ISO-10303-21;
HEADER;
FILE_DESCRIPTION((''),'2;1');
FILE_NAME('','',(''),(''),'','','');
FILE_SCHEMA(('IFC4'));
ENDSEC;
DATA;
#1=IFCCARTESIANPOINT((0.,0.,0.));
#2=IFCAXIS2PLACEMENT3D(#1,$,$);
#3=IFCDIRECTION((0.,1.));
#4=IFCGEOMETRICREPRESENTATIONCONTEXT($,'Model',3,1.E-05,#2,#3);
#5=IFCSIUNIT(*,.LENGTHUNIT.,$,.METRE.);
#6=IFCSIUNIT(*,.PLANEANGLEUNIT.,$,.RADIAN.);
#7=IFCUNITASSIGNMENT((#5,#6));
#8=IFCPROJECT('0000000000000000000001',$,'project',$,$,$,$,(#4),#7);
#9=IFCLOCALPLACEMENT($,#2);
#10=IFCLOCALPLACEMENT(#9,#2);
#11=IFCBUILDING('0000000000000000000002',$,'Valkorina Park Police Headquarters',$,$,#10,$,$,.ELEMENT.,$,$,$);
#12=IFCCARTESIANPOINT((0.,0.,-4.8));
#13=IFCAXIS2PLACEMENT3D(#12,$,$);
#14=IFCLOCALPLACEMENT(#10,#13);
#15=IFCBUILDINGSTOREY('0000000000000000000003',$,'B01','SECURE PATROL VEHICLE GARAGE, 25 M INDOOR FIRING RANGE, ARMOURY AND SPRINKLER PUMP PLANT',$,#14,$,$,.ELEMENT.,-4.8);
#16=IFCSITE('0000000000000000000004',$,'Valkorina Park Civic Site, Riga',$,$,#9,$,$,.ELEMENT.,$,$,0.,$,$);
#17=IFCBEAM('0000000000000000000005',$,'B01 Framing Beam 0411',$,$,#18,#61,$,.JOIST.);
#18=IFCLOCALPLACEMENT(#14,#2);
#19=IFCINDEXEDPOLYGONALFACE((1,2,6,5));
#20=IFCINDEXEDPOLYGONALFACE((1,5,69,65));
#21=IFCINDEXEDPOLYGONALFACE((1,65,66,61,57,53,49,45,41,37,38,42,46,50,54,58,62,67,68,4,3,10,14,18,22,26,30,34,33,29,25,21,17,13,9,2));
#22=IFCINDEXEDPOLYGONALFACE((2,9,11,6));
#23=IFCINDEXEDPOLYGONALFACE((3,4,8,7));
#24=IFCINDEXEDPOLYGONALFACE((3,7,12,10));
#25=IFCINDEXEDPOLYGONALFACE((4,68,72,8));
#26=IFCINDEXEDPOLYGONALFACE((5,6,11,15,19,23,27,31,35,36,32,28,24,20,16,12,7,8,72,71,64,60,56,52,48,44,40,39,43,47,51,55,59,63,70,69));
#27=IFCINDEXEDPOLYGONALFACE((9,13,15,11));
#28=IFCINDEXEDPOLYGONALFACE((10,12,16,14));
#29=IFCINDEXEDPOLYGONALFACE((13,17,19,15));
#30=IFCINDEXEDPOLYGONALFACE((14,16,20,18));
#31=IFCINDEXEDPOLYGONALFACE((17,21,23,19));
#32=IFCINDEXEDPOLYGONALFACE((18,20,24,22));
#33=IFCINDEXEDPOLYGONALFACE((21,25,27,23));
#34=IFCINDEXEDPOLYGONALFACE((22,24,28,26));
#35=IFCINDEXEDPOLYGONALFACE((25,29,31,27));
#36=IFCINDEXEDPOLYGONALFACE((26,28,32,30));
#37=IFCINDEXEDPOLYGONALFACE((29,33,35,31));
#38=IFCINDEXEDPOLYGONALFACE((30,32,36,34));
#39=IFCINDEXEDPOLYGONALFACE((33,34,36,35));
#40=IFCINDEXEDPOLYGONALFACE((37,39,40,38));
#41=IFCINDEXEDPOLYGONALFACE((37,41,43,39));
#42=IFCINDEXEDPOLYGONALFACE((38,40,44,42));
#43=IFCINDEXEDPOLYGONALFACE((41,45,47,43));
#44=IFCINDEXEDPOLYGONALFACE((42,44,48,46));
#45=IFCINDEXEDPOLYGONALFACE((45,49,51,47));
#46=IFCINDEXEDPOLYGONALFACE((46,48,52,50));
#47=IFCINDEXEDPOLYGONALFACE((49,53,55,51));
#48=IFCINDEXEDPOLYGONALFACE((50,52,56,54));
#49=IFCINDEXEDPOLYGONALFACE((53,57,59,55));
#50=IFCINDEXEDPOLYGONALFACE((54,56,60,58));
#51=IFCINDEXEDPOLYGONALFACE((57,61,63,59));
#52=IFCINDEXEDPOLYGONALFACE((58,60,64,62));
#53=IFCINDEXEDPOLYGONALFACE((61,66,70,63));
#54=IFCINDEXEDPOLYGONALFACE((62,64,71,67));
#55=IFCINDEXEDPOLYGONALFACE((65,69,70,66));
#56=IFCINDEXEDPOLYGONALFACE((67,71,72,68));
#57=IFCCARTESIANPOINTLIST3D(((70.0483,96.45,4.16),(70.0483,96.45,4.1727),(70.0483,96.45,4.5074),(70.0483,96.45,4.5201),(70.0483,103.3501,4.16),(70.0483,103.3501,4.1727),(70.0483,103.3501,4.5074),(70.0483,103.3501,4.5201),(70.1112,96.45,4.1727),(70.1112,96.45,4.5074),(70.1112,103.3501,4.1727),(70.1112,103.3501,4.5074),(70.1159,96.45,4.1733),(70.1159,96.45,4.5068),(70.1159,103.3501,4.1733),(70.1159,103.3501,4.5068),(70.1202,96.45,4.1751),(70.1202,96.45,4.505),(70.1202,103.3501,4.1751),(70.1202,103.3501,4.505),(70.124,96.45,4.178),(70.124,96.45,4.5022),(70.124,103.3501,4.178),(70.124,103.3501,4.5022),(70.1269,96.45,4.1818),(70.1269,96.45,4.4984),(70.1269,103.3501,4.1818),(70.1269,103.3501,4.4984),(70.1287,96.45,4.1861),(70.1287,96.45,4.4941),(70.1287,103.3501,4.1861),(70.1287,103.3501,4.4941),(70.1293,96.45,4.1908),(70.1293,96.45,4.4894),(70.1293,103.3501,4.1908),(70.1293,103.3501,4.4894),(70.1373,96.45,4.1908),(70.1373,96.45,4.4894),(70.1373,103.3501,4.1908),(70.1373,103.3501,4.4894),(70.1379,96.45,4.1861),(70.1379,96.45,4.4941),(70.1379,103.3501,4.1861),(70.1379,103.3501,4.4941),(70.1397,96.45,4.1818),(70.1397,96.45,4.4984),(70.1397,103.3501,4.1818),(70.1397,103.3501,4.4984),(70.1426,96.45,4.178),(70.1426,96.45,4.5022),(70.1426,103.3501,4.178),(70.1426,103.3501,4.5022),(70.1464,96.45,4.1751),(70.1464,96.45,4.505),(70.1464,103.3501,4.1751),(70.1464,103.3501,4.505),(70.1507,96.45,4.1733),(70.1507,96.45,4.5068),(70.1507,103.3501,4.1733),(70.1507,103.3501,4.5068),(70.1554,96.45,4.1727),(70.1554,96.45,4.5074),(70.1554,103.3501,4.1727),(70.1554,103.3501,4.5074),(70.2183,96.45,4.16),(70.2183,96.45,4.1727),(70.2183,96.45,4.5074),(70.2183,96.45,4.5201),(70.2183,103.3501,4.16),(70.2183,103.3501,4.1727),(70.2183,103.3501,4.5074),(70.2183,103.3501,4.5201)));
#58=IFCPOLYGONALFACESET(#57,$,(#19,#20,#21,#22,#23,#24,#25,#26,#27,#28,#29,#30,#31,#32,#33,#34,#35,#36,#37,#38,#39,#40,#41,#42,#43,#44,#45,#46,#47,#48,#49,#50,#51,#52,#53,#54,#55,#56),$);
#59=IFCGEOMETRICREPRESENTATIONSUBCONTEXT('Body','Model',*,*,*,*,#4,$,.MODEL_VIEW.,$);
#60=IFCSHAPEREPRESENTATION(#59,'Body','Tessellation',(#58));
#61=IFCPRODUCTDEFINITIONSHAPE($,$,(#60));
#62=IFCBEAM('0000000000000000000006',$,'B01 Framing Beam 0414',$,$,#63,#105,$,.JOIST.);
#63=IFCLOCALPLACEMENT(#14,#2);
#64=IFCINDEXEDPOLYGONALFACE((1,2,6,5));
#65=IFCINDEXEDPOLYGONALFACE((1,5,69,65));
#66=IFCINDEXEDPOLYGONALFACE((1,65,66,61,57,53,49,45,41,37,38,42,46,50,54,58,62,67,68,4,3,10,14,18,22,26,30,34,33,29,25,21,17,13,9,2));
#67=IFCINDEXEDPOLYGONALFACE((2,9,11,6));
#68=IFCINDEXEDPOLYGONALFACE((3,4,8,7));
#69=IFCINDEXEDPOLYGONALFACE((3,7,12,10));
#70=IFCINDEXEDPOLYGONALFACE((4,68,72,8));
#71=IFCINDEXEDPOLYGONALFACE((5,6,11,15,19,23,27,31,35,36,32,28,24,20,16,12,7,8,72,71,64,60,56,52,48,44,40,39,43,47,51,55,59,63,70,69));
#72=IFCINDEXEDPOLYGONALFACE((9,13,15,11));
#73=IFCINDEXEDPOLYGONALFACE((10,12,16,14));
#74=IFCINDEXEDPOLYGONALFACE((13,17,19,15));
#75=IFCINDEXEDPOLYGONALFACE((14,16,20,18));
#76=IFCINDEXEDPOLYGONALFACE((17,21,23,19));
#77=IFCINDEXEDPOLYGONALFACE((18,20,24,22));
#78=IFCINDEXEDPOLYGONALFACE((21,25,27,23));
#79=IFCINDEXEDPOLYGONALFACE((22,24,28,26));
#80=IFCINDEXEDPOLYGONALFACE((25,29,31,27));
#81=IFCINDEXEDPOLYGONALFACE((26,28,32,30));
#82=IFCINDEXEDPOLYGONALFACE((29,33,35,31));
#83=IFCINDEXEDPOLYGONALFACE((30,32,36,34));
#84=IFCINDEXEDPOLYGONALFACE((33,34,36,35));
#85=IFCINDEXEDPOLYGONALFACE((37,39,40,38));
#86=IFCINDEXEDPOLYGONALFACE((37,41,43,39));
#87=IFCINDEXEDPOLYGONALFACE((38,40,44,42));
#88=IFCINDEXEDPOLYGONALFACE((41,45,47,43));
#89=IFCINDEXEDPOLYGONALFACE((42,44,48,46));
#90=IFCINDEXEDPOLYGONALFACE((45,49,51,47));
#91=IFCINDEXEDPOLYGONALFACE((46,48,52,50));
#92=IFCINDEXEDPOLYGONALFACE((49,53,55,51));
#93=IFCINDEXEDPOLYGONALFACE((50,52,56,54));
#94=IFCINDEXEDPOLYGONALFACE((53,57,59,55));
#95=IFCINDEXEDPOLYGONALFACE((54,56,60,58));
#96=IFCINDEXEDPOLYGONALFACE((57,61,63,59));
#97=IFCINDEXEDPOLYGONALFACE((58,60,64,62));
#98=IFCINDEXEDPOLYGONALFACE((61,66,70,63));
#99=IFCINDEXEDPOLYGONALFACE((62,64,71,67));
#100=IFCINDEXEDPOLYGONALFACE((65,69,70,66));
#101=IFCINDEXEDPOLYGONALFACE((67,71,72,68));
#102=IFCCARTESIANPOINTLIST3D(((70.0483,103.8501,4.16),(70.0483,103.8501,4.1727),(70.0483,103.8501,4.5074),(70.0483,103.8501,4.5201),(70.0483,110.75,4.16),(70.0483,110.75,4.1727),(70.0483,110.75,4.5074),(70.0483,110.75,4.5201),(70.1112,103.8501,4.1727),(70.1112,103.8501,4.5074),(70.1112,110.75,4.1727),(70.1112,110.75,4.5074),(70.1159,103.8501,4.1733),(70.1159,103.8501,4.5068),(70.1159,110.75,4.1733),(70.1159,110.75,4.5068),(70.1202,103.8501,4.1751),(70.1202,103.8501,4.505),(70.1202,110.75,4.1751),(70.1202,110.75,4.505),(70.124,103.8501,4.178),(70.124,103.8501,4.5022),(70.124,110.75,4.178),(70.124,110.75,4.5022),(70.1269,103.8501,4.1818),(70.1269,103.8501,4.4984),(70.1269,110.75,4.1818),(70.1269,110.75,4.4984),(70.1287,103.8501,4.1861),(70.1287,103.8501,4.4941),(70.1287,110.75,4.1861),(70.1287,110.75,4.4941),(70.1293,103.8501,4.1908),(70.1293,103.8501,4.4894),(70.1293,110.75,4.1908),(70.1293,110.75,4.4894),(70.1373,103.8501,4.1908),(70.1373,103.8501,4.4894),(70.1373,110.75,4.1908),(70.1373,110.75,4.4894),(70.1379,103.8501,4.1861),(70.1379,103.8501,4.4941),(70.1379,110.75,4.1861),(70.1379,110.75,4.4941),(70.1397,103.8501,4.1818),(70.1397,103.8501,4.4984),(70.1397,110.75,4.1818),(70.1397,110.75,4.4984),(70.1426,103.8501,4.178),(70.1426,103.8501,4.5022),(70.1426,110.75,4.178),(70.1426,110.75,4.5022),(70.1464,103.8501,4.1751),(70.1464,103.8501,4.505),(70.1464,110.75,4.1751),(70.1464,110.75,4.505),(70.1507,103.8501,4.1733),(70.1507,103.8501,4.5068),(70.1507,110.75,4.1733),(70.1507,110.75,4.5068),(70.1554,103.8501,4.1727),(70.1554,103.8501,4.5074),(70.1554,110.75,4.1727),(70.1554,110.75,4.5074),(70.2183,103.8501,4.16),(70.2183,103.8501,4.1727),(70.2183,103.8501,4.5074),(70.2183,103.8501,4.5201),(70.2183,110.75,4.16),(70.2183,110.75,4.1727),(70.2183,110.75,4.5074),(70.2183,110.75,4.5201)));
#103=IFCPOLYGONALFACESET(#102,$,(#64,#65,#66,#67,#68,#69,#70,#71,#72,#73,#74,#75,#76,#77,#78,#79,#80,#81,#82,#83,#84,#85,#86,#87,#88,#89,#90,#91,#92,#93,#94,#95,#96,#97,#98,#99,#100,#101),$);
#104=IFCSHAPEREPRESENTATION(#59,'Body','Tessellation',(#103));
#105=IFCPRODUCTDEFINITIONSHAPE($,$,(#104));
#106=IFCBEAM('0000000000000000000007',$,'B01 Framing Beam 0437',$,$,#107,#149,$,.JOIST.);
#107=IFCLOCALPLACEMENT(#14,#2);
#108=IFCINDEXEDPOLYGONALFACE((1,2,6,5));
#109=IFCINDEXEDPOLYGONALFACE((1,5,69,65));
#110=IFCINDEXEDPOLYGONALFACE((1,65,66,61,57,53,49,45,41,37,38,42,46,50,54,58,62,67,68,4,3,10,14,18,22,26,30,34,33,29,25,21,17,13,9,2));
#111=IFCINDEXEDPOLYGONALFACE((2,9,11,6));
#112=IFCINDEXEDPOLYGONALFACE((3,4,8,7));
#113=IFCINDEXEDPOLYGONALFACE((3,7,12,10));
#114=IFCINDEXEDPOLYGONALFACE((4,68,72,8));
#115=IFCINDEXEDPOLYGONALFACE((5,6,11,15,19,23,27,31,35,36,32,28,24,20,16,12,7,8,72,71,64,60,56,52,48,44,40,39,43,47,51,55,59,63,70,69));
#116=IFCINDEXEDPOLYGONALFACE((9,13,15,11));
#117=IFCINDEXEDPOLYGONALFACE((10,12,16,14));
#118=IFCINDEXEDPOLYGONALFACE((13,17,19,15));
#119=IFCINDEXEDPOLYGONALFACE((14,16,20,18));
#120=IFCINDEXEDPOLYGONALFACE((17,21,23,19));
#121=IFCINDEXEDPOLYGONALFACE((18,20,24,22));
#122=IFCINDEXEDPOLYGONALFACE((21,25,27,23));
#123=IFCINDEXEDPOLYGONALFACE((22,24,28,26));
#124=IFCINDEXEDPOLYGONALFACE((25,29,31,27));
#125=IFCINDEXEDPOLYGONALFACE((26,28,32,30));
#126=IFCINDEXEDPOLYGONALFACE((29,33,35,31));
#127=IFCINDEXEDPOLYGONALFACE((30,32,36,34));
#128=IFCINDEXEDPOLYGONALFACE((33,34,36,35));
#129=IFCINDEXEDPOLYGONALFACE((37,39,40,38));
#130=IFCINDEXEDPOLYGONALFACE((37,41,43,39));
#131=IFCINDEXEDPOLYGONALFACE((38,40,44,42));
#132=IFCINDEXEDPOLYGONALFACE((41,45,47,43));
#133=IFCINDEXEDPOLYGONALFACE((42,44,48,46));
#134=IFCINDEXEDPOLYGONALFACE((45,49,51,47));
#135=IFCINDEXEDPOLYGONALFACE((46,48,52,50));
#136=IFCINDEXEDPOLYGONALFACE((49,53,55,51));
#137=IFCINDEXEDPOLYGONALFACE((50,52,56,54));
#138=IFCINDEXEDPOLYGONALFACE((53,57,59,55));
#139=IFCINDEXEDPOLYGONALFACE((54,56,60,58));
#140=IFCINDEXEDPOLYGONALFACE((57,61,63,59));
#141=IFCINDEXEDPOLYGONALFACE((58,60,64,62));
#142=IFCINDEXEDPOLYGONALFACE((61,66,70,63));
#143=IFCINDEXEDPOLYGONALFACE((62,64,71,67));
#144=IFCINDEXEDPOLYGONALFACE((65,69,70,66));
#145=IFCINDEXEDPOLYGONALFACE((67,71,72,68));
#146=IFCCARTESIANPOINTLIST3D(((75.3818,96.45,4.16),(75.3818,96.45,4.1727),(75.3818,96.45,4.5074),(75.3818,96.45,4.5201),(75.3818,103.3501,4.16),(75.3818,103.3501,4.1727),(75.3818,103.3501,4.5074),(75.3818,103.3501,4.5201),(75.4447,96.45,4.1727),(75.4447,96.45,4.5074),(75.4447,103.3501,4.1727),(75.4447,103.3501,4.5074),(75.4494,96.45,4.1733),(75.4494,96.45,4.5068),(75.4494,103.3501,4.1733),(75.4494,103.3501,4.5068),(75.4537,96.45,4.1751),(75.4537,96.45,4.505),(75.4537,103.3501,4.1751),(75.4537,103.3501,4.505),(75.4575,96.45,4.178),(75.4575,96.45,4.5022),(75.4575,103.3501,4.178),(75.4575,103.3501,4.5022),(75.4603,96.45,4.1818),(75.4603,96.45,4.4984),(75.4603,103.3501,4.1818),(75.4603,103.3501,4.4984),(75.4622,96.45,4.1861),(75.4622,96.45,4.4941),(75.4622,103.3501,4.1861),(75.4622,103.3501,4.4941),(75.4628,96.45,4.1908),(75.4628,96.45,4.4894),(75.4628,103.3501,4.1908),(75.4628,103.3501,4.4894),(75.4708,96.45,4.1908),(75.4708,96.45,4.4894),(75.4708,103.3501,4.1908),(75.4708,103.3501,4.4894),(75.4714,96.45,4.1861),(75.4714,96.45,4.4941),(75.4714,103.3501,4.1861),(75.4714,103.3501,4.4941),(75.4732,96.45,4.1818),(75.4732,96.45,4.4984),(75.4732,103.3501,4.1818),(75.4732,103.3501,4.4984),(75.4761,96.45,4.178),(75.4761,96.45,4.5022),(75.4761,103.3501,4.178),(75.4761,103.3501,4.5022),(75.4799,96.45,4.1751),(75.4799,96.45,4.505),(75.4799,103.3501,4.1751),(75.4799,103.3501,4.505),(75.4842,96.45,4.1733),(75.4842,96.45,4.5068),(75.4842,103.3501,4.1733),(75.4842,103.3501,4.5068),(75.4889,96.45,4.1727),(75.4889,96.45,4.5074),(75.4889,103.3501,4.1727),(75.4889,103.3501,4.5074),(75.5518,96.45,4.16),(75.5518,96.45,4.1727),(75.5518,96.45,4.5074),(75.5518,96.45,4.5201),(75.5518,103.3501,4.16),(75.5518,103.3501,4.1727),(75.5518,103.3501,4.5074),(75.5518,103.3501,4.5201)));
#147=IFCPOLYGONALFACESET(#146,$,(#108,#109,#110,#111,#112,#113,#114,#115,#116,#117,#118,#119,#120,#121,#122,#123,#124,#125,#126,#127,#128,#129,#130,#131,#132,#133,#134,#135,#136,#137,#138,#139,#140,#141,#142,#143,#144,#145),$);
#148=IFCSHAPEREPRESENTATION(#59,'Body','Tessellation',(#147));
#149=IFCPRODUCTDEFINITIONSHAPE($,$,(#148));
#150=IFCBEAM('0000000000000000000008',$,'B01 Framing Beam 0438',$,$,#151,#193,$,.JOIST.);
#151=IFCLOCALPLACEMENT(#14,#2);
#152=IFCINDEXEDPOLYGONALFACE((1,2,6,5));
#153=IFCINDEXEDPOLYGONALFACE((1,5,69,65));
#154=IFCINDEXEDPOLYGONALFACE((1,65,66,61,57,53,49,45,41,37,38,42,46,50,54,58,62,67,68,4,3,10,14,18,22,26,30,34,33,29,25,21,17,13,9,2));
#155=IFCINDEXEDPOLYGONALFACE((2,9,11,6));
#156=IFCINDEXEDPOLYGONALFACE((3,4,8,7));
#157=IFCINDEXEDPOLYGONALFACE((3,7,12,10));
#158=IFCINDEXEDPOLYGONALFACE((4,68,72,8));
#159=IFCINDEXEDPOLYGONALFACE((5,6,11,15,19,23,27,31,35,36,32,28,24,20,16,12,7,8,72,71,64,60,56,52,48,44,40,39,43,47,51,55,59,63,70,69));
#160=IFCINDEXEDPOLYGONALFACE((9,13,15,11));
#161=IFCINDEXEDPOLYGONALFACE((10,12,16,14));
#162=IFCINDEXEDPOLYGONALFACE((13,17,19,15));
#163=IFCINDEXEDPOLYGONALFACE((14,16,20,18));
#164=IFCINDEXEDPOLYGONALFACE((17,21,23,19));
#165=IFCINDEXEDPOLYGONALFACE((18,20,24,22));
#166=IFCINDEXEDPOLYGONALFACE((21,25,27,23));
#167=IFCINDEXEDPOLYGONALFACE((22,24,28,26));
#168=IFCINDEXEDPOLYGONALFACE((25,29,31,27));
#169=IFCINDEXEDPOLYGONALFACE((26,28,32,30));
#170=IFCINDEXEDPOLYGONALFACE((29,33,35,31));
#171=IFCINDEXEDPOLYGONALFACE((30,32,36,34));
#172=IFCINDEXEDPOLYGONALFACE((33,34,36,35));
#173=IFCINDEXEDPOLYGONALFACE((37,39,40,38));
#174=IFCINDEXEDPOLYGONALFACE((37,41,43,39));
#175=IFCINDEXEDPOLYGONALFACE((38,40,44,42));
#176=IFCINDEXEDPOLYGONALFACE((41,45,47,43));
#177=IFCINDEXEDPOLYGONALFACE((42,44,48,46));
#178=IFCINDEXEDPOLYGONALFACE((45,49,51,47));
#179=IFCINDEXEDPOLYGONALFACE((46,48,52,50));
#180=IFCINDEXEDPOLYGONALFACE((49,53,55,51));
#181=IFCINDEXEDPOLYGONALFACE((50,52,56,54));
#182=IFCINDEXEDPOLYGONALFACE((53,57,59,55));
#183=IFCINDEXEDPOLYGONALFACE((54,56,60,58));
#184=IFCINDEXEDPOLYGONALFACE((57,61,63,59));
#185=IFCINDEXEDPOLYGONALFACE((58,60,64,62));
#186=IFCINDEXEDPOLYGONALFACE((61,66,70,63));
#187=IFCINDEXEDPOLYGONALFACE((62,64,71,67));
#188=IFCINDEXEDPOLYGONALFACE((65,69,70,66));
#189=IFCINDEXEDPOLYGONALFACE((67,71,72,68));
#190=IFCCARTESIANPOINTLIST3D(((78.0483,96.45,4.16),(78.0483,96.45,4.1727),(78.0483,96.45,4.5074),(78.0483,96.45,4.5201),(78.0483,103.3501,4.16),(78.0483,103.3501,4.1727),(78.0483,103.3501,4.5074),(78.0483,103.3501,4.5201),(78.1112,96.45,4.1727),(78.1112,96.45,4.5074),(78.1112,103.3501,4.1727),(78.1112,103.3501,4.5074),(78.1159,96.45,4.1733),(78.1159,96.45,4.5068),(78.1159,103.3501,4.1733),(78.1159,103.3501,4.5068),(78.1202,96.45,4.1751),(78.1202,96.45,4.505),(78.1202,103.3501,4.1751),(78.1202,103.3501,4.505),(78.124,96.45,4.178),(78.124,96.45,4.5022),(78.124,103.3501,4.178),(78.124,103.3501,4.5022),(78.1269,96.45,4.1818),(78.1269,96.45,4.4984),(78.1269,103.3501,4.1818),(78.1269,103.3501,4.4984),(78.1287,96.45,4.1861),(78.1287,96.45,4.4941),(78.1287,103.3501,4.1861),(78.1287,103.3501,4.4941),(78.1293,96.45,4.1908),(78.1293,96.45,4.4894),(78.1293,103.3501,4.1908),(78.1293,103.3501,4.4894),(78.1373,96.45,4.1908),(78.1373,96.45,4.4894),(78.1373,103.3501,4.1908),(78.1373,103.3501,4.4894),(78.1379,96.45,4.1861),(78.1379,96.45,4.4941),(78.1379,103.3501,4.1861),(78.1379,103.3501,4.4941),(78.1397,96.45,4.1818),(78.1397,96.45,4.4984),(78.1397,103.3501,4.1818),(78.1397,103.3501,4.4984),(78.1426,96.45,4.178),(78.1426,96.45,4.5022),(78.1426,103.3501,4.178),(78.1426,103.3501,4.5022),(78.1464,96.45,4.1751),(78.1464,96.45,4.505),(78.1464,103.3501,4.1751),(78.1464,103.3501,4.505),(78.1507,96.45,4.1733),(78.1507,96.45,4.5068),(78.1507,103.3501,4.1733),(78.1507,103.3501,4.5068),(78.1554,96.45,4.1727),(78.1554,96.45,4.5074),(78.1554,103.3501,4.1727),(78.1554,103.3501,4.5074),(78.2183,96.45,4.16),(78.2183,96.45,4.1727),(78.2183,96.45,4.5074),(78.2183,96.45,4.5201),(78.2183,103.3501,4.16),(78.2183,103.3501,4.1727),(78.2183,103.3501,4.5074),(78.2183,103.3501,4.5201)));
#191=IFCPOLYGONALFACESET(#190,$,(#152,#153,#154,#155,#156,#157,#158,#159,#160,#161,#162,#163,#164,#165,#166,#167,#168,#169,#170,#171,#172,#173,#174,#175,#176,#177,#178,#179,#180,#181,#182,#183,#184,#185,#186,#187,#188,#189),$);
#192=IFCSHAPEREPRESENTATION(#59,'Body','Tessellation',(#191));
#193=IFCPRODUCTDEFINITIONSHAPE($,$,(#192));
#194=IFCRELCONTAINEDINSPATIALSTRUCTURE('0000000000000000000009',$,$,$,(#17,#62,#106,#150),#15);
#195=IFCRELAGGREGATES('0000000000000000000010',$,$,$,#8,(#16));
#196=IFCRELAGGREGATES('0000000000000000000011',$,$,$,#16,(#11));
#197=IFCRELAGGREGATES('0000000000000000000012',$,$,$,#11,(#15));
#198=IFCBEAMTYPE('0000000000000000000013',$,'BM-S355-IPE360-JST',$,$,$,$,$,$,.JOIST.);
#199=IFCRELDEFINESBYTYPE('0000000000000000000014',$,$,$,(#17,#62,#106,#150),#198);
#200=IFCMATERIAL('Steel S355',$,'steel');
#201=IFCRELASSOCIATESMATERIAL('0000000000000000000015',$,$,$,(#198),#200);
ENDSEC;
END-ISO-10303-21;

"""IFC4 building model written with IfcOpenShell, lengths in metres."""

from ifc_helpers import new_model, si_unit, direction, frame, origin, origin_2d, place, context, subcontext, project, spatial, i_section, extrude, material, material_profile, profile_set, type_object, element, save


model = new_model("IFC4")

# Units and contexts
model_context = context("Model", 3, precision=1e-05, world=origin(), true_north=direction((0.0, 1.0)))
body_context = subcontext(model_context, "Body", "Model", "MODEL_VIEW")
ifc_project = project(units=[si_unit("LENGTHUNIT", "METRE"), si_unit("PLANEANGLEUNIT", "RADIAN")], contexts=[model_context])

# Site, building, storey
site_placement = place(None, origin())
site = spatial("IfcSite", under=ifc_project, at=site_placement, Name="Valkorina Park Civic Site, Riga", CompositionType="ELEMENT", RefElevation=0.0)
building_placement = place(site_placement, origin())
building = spatial("IfcBuilding", under=site, at=building_placement, Name="Valkorina Park Police Headquarters", CompositionType="ELEMENT")
storey_placement = place(building_placement, frame((0.0, 0.0, -4.8)))
storey = spatial("IfcBuildingStorey", under=building, at=storey_placement, Name="B01", Description="SECURE PATROL VEHICLE GARAGE, 25 M INDOOR FIRING RANGE, ARMOURY AND SPRINKLER PUMP PLANT", CompositionType="ELEMENT", Elevation=-4.8)

# Beams
ifc_material_1 = material(Name="Steel S355", Category="steel")
ifc_material_profile_1 = material_profile(ifc_material_1, i_section(OverallWidth=0.1699, OverallDepth=0.3601, WebThickness=0.0081, FlangeThickness=0.0127, FilletRadius=0.0181, at=origin_2d()), Name="IPE 360")
ifc_profile_set_1 = profile_set([ifc_material_profile_1], Name="Steel S355")
beam_type_1 = type_object("IfcBeamType", Name="BM-S355-IPE360-JST", PredefinedType="JOIST", material=ifc_profile_set_1)
beam_1_placement = place(storey_placement, frame((70.1333, 96.45, 4.3401), z_axis=(0.0, 1.0, 0.0), x_axis=(-1.0, 0.0, 0.0)))
element("IfcBeam", 1, at=beam_1_placement, inside=storey, type_object=beam_type_1, Name="B01 Framing Beam 0411", PredefinedType="JOIST", context=body_context, shape_type="SweptSolid", body=[
    extrude(i_section(OverallWidth=0.1699, OverallDepth=0.3601, WebThickness=0.0081, FlangeThickness=0.0127, FilletRadius=0.0181, at=origin_2d()), origin(), (0.0, 0.0, 1.0), 6.9001),
])
beam_2_placement = place(storey_placement, frame((70.1333, 103.8501, 4.3401), z_axis=(0.0, 1.0, 0.0), x_axis=(-1.0, 0.0, 0.0)))
element("IfcBeam", 2, at=beam_2_placement, inside=storey, type_object=beam_type_1, Name="B01 Framing Beam 0414", PredefinedType="JOIST", context=body_context, shape_type="SweptSolid", body=[
    extrude(i_section(OverallWidth=0.1699, OverallDepth=0.3601, WebThickness=0.0081, FlangeThickness=0.0127, FilletRadius=0.0181, at=origin_2d()), origin(), (0.0, 0.0, 1.0), 6.8999),
])
for number, where, z_axis, x_axis, name in (
    (3, (75.4668, 96.45, 4.3401), (0.0, 1.0, 0.0), (-1.0, 0.0, 0.0), "B01 Framing Beam 0437"),
    (4, (78.1333, 96.45, 4.3401), (0.0, 1.0, 0.0), (-1.0, 0.0, 0.0), "B01 Framing Beam 0438"),
):
    element("IfcBeam", number, at=place(storey_placement, frame(where, z_axis=z_axis, x_axis=x_axis)), inside=storey, type_object=beam_type_1, Name=name, PredefinedType="JOIST", context=body_context, shape_type="SweptSolid", body=[
        extrude(i_section(OverallWidth=0.1699, OverallDepth=0.3601, WebThickness=0.0081, FlangeThickness=0.0127, FilletRadius=0.0181, at=origin_2d()), origin(), (0.0, 0.0, 1.0), 6.9001),
    ])

save(model, "model.ifc")
